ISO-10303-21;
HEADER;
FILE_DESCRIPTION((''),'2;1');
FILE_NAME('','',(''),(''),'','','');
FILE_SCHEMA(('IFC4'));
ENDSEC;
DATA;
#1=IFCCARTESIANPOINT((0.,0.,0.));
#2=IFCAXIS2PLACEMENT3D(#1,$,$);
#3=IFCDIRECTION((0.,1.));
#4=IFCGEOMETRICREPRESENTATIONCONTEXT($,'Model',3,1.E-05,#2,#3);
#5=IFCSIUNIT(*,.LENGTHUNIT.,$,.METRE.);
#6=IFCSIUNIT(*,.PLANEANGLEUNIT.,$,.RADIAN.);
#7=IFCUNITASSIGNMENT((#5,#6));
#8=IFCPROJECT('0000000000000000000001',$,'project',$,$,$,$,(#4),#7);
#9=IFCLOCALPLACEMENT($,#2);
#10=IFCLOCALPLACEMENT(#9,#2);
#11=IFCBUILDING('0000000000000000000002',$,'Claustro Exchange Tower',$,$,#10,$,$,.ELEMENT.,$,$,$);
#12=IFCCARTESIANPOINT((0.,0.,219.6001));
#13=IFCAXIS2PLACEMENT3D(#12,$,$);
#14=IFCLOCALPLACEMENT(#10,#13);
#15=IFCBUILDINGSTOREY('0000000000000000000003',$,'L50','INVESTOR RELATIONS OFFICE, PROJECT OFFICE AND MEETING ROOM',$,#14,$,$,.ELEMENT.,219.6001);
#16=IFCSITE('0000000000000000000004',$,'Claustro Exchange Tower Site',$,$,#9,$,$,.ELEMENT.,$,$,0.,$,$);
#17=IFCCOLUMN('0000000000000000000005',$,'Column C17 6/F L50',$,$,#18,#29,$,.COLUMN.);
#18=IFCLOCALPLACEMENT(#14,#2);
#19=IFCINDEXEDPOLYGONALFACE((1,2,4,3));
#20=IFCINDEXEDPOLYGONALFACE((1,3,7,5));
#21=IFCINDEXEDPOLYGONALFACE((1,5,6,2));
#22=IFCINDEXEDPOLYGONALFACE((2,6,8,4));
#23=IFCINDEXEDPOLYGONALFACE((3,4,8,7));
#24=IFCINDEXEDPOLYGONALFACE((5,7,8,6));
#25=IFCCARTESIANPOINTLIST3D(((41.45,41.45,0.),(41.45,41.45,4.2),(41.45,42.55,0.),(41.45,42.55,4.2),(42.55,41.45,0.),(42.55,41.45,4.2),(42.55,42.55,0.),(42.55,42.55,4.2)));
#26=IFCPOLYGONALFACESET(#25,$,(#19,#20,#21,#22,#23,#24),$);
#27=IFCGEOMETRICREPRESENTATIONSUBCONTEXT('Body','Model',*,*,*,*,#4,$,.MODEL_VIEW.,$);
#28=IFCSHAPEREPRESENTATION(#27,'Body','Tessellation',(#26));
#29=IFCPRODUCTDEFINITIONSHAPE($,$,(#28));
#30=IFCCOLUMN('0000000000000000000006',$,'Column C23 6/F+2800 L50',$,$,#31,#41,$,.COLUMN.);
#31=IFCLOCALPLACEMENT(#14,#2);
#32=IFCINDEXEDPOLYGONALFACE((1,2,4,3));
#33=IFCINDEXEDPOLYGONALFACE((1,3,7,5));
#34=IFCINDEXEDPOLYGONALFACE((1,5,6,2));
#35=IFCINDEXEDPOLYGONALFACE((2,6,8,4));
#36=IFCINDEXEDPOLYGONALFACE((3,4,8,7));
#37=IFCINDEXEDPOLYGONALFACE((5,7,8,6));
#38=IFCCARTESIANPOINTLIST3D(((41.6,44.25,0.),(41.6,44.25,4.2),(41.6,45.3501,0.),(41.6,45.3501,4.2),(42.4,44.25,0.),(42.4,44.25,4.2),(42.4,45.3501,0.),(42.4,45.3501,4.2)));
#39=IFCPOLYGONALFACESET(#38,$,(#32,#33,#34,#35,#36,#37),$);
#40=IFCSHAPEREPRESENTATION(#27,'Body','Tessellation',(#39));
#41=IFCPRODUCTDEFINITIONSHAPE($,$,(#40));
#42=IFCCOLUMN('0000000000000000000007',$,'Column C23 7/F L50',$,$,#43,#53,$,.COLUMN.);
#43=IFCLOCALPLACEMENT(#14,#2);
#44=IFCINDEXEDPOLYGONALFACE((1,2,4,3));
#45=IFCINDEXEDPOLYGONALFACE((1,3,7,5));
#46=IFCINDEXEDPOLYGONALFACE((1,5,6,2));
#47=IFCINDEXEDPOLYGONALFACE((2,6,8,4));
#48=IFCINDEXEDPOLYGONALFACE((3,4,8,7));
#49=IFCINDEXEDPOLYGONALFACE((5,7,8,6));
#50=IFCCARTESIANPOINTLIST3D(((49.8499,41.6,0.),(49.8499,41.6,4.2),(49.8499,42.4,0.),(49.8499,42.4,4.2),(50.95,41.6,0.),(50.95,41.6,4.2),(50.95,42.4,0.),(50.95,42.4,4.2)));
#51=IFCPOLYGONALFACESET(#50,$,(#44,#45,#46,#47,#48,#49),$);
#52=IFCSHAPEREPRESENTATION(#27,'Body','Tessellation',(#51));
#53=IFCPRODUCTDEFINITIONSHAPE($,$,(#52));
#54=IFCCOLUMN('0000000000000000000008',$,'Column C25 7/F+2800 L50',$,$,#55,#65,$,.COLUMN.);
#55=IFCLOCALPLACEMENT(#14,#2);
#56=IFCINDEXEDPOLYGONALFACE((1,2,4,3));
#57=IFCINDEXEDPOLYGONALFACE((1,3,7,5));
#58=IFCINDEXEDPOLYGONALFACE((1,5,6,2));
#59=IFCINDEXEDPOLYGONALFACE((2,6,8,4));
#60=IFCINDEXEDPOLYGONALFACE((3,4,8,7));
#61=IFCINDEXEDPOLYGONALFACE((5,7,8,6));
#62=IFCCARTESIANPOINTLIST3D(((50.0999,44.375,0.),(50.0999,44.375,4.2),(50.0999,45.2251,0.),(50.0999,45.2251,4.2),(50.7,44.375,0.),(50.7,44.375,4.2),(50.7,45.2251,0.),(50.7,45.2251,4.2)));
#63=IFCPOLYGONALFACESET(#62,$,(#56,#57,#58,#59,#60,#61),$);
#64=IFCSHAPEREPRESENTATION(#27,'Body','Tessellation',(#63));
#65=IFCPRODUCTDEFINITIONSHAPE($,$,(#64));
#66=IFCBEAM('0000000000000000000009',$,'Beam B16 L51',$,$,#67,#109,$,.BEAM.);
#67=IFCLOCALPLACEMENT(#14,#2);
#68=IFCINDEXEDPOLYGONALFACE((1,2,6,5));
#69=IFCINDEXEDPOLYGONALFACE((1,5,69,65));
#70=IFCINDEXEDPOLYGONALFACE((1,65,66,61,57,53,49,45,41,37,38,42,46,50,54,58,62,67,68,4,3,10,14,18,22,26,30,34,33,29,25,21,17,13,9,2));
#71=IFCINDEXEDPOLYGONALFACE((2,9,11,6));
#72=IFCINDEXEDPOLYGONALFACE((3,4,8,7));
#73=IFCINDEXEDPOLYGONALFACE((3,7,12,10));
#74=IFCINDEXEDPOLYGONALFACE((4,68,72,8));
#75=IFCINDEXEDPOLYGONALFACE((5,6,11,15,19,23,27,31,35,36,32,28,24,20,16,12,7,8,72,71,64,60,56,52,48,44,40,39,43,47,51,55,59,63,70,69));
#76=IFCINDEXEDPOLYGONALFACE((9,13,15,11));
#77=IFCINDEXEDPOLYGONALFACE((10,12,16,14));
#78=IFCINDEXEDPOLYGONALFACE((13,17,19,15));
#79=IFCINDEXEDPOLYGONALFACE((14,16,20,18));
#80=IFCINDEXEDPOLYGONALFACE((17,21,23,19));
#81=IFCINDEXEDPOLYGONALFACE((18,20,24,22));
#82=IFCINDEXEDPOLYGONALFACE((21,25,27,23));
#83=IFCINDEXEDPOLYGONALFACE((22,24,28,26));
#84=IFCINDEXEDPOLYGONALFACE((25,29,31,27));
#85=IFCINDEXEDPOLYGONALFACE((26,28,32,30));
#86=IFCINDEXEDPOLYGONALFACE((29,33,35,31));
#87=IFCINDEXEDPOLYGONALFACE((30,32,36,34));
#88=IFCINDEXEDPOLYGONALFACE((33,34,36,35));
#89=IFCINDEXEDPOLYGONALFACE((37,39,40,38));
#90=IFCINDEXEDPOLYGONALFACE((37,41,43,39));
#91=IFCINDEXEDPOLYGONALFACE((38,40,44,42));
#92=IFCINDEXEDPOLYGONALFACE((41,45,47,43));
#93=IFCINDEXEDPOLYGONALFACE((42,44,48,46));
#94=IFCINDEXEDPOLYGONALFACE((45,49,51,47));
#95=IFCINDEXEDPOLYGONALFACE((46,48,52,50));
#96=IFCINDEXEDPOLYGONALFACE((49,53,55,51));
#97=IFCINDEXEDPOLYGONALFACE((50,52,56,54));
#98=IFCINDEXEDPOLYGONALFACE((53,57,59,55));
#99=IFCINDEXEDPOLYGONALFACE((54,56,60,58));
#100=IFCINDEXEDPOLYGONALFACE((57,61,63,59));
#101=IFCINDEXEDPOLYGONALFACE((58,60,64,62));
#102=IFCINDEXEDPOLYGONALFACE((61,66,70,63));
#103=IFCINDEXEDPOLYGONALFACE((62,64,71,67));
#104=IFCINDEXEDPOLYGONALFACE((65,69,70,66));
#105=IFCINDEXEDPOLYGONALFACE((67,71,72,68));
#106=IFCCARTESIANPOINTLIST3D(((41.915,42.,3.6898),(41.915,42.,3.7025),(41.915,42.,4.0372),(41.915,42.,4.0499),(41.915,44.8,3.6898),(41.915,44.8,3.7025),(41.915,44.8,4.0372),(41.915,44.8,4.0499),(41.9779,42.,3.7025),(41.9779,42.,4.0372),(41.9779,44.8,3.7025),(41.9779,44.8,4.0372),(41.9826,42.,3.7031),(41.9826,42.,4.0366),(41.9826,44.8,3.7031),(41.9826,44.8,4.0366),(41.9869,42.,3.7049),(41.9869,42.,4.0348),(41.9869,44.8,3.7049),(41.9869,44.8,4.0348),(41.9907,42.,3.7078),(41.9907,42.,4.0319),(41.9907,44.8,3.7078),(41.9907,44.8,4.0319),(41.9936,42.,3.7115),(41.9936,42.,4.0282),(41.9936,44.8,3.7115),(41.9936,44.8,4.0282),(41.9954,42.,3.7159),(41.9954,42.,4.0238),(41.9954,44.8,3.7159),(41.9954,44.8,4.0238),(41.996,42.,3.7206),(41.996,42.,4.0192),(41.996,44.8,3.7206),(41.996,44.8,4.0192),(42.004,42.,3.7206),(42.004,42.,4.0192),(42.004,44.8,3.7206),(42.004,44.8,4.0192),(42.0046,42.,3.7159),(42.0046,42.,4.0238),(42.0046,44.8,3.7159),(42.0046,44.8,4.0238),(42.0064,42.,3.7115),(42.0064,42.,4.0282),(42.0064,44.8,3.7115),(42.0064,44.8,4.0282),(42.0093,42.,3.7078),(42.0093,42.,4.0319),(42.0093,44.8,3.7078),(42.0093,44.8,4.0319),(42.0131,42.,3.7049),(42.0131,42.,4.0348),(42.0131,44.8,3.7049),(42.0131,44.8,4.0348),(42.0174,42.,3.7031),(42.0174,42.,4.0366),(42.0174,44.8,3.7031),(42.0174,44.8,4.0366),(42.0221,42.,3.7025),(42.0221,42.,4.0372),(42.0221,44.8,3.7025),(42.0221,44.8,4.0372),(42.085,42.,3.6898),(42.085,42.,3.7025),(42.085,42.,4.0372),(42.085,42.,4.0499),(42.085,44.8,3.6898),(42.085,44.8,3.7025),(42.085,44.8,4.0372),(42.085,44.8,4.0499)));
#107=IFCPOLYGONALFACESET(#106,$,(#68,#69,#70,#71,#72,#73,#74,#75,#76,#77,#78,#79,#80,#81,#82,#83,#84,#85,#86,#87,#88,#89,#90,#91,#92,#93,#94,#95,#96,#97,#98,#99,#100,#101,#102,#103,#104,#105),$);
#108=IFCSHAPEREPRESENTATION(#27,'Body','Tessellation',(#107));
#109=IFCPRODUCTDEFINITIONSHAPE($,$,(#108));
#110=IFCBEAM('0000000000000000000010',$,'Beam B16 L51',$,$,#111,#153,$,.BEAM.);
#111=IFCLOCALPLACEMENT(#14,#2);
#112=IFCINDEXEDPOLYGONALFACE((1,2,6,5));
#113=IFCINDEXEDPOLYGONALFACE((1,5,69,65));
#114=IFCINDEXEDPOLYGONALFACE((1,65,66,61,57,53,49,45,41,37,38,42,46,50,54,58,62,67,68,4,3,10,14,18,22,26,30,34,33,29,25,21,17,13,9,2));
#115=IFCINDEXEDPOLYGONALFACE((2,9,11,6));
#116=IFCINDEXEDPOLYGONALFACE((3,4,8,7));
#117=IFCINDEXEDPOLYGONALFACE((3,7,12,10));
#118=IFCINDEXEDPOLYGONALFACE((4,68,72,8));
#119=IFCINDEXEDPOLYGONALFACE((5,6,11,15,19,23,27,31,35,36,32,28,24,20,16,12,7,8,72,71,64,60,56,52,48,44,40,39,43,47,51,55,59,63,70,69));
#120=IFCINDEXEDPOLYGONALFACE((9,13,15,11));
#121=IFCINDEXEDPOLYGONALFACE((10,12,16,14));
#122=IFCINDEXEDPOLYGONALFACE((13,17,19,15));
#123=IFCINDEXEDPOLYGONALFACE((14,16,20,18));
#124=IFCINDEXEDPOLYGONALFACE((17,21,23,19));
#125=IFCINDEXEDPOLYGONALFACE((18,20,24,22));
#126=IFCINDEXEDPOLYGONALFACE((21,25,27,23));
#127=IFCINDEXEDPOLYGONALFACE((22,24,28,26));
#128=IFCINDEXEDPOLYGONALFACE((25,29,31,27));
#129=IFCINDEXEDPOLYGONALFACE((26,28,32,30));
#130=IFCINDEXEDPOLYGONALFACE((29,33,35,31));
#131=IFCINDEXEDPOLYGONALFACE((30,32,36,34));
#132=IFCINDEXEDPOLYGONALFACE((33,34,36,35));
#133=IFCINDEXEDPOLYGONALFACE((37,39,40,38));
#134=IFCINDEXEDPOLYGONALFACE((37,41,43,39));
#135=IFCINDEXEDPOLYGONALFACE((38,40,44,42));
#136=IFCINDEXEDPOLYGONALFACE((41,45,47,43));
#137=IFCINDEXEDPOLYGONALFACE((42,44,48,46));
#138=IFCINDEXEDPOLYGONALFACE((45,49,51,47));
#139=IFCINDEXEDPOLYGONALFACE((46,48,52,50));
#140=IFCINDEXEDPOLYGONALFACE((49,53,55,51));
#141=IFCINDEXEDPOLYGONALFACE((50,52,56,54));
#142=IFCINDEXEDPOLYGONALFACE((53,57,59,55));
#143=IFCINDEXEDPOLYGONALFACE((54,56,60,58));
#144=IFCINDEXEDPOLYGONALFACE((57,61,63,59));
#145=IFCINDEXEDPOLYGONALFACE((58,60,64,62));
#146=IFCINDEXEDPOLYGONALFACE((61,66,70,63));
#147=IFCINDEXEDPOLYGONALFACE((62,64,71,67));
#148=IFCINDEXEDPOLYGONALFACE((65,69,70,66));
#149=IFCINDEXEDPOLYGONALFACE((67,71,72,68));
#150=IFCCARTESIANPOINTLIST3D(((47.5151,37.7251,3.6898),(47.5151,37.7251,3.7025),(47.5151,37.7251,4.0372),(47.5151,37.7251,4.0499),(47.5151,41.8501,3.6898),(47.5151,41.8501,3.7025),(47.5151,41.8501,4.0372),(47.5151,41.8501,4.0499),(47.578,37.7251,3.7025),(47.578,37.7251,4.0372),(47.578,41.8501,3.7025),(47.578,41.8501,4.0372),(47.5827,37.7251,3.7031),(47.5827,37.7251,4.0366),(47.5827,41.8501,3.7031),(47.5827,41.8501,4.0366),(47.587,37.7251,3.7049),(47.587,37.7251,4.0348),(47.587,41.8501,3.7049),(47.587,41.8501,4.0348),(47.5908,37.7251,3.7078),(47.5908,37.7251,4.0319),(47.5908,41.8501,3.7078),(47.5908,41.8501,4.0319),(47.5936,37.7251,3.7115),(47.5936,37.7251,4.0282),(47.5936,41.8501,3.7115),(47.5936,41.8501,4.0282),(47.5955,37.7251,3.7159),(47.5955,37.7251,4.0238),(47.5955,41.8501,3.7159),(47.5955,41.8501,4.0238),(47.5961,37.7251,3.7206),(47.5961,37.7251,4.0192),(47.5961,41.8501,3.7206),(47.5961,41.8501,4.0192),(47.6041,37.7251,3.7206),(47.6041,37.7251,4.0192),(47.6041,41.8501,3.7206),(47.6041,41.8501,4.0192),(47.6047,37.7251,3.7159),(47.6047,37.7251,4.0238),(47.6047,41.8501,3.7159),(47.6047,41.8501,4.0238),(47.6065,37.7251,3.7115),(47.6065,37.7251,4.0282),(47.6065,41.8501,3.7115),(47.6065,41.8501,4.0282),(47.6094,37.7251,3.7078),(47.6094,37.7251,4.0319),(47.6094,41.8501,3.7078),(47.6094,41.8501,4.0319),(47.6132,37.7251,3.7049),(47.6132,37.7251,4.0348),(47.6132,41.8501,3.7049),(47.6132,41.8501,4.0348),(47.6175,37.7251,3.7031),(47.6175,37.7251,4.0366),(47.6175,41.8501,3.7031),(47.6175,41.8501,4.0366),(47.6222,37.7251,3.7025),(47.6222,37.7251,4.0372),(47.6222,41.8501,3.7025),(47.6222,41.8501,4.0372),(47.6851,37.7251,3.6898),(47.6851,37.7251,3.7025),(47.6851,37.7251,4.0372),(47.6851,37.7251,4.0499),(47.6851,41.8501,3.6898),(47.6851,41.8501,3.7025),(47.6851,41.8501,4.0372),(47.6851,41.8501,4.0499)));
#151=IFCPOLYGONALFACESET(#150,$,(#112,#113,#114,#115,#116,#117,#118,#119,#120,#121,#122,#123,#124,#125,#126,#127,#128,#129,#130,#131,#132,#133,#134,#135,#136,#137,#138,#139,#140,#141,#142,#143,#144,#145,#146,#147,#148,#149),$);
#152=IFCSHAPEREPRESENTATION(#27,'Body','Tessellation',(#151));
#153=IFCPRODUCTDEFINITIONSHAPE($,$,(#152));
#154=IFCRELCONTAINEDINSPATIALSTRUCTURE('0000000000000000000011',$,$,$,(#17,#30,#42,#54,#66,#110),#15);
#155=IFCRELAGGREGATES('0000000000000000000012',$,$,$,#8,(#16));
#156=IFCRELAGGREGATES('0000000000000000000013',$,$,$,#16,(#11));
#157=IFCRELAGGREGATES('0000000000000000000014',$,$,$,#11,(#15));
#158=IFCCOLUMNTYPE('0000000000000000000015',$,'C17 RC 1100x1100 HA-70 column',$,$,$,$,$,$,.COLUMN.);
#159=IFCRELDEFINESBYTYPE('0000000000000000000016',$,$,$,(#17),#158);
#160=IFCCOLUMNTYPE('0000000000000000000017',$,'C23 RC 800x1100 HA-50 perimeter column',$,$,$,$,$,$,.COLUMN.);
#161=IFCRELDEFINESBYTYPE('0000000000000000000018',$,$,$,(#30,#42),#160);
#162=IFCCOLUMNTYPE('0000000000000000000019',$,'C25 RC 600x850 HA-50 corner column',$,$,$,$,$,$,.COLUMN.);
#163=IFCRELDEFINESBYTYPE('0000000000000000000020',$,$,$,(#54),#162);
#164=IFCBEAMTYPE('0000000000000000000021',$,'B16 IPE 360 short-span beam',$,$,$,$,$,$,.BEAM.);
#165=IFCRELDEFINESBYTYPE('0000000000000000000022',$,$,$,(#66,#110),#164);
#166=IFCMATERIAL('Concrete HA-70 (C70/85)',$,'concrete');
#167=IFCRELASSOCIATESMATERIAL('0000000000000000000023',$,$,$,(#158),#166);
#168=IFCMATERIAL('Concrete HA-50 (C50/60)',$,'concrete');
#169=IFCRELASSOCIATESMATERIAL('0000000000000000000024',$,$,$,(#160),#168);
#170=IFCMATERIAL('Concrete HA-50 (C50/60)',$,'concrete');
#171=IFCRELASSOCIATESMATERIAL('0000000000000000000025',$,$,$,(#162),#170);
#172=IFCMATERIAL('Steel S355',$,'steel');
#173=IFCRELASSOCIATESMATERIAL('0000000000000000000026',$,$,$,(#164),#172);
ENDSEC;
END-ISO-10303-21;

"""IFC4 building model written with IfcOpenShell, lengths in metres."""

from ifc_helpers import new_model, si_unit, direction, frame, origin, origin_2d, place, context, subcontext, project, spatial, rectangle, i_section, extrude, material, material_profile, profile_set, type_object, element, save


model = new_model("IFC4")

# Units and contexts
model_context = context("Model", 3, precision=1e-05, world=origin(), true_north=direction((0.0, 1.0)))
body_context = subcontext(model_context, "Body", "Model", "MODEL_VIEW")
ifc_project = project(units=[si_unit("LENGTHUNIT", "METRE"), si_unit("PLANEANGLEUNIT", "RADIAN")], contexts=[model_context])

# Site, building, storey
site_placement = place(None, origin())
site = spatial("IfcSite", under=ifc_project, at=site_placement, Name="Claustro Exchange Tower Site", CompositionType="ELEMENT", RefElevation=0.0)
building_placement = place(site_placement, origin())
building = spatial("IfcBuilding", under=site, at=building_placement, Name="Claustro Exchange Tower", CompositionType="ELEMENT")
storey_placement = place(building_placement, frame((0.0, 0.0, 219.6001)))
storey = spatial("IfcBuildingStorey", under=building, at=storey_placement, Name="L50", Description="INVESTOR RELATIONS OFFICE, PROJECT OFFICE AND MEETING ROOM", CompositionType="ELEMENT", Elevation=219.6001)

# Columns
ifc_material_1 = material(Name="Concrete HA-70 (C70/85)", Category="concrete")
ifc_material_profile_1 = material_profile(ifc_material_1, rectangle(XDim=1.1001, YDim=1.1001, at=origin_2d()), Name="RC 1100x1100")
ifc_profile_set_1 = profile_set([ifc_material_profile_1], Name="Concrete HA-70 (C70/85)")
column_type_1 = type_object("IfcColumnType", Name="C17 RC 1100x1100 HA-70 column", PredefinedType="COLUMN", material=ifc_profile_set_1)
column_1_placement = place(storey_placement, frame((42.0, 42.0, 0.0), z_axis=(0.0, 0.0, 1.0), x_axis=(1.0, 0.0, 0.0)))
element("IfcColumn", 1, at=column_1_placement, inside=storey, type_object=column_type_1, Name="Column C17 6/F L50", PredefinedType="COLUMN", context=body_context, shape_type="SweptSolid", body=[
    extrude(rectangle(XDim=1.1001, YDim=1.1001, at=origin_2d()), origin(), (0.0, 0.0, 1.0), 4.2),
])
ifc_material_2 = material(Name="Concrete HA-50 (C50/60)", Category="concrete")
ifc_material_profile_2 = material_profile(ifc_material_2, rectangle(XDim=0.8, YDim=1.1001, at=origin_2d()), Name="RC 800x1100")
ifc_profile_set_2 = profile_set([ifc_material_profile_2], Name="Concrete HA-50 (C50/60)")
column_type_2 = type_object("IfcColumnType", Name="C23 RC 800x1100 HA-50 perimeter column", PredefinedType="COLUMN", material=ifc_profile_set_2)
for number, where, z_axis, x_axis, name in (
    (2, (42.0, 44.8, 0.0), (0.0, 0.0, 1.0), (1.0, 0.0, 0.0), "Column C23 6/F+2800 L50"),
    (3, (50.3999, 42.0, 0.0), (0.0, 0.0, 1.0), (0.0, 1.0, 0.0), "Column C23 7/F L50"),
):
    element("IfcColumn", number, at=place(storey_placement, frame(where, z_axis=z_axis, x_axis=x_axis)), inside=storey, type_object=column_type_2, Name=name, PredefinedType="COLUMN", context=body_context, shape_type="SweptSolid", body=[
        extrude(rectangle(XDim=0.8, YDim=1.1001, at=origin_2d()), origin(), (0.0, 0.0, 1.0), 4.2),
    ])
ifc_material_3 = material(Name="Concrete HA-50 (C50/60)", Category="concrete")
ifc_material_profile_3 = material_profile(ifc_material_3, rectangle(XDim=0.6001, YDim=0.8501, at=origin_2d()), Name="RC 600x850")
ifc_profile_set_3 = profile_set([ifc_material_profile_3], Name="Concrete HA-50 (C50/60)")
column_type_3 = type_object("IfcColumnType", Name="C25 RC 600x850 HA-50 corner column", PredefinedType="COLUMN", material=ifc_profile_set_3)
column_2_placement = place(storey_placement, frame((50.3999, 44.8, 0.0), z_axis=(0.0, 0.0, 1.0), x_axis=(1.0, 0.0, 0.0)))
element("IfcColumn", 4, at=column_2_placement, inside=storey, type_object=column_type_3, Name="Column C25 7/F+2800 L50", PredefinedType="COLUMN", context=body_context, shape_type="SweptSolid", body=[
    extrude(rectangle(XDim=0.6001, YDim=0.8501, at=origin_2d()), origin(), (0.0, 0.0, 1.0), 4.2),
])

# Beams
ifc_material_4 = material(Name="Steel S355", Category="steel")
ifc_material_profile_4 = material_profile(ifc_material_4, i_section(OverallWidth=0.1699, OverallDepth=0.3601, WebThickness=0.0081, FlangeThickness=0.0127, FilletRadius=0.0181, at=origin_2d()), Name="IPE 360")
ifc_profile_set_4 = profile_set([ifc_material_profile_4], Name="Steel S355")
beam_type_1 = type_object("IfcBeamType", Name="B16 IPE 360 short-span beam", PredefinedType="BEAM", material=ifc_profile_set_4)
beam_1_placement = place(storey_placement, frame((42.0, 42.0, 3.8699), z_axis=(0.0, 1.0, 0.0), x_axis=(-1.0, 0.0, 0.0)))
element("IfcBeam", 5, at=beam_1_placement, inside=storey, type_object=beam_type_1, Name="Beam B16 L51", PredefinedType="BEAM", context=body_context, shape_type="SweptSolid", body=[
    extrude(i_section(OverallWidth=0.1699, OverallDepth=0.3601, WebThickness=0.0081, FlangeThickness=0.0127, FilletRadius=0.0181, at=origin_2d()), origin(), (0.0, 0.0, 1.0), 2.8),
])
beam_2_placement = place(storey_placement, frame((47.6001, 37.7251, 3.8699), z_axis=(0.0, 1.0, 0.0), x_axis=(-1.0, 0.0, 0.0)))
element("IfcBeam", 6, at=beam_2_placement, inside=storey, type_object=beam_type_1, Name="Beam B16 L51", PredefinedType="BEAM", context=body_context, shape_type="SweptSolid", body=[
    extrude(i_section(OverallWidth=0.1699, OverallDepth=0.3601, WebThickness=0.0081, FlangeThickness=0.0127, FilletRadius=0.0181, at=origin_2d()), origin(), (0.0, 0.0, 1.0), 4.125),
])

save(model, "model.ifc")
